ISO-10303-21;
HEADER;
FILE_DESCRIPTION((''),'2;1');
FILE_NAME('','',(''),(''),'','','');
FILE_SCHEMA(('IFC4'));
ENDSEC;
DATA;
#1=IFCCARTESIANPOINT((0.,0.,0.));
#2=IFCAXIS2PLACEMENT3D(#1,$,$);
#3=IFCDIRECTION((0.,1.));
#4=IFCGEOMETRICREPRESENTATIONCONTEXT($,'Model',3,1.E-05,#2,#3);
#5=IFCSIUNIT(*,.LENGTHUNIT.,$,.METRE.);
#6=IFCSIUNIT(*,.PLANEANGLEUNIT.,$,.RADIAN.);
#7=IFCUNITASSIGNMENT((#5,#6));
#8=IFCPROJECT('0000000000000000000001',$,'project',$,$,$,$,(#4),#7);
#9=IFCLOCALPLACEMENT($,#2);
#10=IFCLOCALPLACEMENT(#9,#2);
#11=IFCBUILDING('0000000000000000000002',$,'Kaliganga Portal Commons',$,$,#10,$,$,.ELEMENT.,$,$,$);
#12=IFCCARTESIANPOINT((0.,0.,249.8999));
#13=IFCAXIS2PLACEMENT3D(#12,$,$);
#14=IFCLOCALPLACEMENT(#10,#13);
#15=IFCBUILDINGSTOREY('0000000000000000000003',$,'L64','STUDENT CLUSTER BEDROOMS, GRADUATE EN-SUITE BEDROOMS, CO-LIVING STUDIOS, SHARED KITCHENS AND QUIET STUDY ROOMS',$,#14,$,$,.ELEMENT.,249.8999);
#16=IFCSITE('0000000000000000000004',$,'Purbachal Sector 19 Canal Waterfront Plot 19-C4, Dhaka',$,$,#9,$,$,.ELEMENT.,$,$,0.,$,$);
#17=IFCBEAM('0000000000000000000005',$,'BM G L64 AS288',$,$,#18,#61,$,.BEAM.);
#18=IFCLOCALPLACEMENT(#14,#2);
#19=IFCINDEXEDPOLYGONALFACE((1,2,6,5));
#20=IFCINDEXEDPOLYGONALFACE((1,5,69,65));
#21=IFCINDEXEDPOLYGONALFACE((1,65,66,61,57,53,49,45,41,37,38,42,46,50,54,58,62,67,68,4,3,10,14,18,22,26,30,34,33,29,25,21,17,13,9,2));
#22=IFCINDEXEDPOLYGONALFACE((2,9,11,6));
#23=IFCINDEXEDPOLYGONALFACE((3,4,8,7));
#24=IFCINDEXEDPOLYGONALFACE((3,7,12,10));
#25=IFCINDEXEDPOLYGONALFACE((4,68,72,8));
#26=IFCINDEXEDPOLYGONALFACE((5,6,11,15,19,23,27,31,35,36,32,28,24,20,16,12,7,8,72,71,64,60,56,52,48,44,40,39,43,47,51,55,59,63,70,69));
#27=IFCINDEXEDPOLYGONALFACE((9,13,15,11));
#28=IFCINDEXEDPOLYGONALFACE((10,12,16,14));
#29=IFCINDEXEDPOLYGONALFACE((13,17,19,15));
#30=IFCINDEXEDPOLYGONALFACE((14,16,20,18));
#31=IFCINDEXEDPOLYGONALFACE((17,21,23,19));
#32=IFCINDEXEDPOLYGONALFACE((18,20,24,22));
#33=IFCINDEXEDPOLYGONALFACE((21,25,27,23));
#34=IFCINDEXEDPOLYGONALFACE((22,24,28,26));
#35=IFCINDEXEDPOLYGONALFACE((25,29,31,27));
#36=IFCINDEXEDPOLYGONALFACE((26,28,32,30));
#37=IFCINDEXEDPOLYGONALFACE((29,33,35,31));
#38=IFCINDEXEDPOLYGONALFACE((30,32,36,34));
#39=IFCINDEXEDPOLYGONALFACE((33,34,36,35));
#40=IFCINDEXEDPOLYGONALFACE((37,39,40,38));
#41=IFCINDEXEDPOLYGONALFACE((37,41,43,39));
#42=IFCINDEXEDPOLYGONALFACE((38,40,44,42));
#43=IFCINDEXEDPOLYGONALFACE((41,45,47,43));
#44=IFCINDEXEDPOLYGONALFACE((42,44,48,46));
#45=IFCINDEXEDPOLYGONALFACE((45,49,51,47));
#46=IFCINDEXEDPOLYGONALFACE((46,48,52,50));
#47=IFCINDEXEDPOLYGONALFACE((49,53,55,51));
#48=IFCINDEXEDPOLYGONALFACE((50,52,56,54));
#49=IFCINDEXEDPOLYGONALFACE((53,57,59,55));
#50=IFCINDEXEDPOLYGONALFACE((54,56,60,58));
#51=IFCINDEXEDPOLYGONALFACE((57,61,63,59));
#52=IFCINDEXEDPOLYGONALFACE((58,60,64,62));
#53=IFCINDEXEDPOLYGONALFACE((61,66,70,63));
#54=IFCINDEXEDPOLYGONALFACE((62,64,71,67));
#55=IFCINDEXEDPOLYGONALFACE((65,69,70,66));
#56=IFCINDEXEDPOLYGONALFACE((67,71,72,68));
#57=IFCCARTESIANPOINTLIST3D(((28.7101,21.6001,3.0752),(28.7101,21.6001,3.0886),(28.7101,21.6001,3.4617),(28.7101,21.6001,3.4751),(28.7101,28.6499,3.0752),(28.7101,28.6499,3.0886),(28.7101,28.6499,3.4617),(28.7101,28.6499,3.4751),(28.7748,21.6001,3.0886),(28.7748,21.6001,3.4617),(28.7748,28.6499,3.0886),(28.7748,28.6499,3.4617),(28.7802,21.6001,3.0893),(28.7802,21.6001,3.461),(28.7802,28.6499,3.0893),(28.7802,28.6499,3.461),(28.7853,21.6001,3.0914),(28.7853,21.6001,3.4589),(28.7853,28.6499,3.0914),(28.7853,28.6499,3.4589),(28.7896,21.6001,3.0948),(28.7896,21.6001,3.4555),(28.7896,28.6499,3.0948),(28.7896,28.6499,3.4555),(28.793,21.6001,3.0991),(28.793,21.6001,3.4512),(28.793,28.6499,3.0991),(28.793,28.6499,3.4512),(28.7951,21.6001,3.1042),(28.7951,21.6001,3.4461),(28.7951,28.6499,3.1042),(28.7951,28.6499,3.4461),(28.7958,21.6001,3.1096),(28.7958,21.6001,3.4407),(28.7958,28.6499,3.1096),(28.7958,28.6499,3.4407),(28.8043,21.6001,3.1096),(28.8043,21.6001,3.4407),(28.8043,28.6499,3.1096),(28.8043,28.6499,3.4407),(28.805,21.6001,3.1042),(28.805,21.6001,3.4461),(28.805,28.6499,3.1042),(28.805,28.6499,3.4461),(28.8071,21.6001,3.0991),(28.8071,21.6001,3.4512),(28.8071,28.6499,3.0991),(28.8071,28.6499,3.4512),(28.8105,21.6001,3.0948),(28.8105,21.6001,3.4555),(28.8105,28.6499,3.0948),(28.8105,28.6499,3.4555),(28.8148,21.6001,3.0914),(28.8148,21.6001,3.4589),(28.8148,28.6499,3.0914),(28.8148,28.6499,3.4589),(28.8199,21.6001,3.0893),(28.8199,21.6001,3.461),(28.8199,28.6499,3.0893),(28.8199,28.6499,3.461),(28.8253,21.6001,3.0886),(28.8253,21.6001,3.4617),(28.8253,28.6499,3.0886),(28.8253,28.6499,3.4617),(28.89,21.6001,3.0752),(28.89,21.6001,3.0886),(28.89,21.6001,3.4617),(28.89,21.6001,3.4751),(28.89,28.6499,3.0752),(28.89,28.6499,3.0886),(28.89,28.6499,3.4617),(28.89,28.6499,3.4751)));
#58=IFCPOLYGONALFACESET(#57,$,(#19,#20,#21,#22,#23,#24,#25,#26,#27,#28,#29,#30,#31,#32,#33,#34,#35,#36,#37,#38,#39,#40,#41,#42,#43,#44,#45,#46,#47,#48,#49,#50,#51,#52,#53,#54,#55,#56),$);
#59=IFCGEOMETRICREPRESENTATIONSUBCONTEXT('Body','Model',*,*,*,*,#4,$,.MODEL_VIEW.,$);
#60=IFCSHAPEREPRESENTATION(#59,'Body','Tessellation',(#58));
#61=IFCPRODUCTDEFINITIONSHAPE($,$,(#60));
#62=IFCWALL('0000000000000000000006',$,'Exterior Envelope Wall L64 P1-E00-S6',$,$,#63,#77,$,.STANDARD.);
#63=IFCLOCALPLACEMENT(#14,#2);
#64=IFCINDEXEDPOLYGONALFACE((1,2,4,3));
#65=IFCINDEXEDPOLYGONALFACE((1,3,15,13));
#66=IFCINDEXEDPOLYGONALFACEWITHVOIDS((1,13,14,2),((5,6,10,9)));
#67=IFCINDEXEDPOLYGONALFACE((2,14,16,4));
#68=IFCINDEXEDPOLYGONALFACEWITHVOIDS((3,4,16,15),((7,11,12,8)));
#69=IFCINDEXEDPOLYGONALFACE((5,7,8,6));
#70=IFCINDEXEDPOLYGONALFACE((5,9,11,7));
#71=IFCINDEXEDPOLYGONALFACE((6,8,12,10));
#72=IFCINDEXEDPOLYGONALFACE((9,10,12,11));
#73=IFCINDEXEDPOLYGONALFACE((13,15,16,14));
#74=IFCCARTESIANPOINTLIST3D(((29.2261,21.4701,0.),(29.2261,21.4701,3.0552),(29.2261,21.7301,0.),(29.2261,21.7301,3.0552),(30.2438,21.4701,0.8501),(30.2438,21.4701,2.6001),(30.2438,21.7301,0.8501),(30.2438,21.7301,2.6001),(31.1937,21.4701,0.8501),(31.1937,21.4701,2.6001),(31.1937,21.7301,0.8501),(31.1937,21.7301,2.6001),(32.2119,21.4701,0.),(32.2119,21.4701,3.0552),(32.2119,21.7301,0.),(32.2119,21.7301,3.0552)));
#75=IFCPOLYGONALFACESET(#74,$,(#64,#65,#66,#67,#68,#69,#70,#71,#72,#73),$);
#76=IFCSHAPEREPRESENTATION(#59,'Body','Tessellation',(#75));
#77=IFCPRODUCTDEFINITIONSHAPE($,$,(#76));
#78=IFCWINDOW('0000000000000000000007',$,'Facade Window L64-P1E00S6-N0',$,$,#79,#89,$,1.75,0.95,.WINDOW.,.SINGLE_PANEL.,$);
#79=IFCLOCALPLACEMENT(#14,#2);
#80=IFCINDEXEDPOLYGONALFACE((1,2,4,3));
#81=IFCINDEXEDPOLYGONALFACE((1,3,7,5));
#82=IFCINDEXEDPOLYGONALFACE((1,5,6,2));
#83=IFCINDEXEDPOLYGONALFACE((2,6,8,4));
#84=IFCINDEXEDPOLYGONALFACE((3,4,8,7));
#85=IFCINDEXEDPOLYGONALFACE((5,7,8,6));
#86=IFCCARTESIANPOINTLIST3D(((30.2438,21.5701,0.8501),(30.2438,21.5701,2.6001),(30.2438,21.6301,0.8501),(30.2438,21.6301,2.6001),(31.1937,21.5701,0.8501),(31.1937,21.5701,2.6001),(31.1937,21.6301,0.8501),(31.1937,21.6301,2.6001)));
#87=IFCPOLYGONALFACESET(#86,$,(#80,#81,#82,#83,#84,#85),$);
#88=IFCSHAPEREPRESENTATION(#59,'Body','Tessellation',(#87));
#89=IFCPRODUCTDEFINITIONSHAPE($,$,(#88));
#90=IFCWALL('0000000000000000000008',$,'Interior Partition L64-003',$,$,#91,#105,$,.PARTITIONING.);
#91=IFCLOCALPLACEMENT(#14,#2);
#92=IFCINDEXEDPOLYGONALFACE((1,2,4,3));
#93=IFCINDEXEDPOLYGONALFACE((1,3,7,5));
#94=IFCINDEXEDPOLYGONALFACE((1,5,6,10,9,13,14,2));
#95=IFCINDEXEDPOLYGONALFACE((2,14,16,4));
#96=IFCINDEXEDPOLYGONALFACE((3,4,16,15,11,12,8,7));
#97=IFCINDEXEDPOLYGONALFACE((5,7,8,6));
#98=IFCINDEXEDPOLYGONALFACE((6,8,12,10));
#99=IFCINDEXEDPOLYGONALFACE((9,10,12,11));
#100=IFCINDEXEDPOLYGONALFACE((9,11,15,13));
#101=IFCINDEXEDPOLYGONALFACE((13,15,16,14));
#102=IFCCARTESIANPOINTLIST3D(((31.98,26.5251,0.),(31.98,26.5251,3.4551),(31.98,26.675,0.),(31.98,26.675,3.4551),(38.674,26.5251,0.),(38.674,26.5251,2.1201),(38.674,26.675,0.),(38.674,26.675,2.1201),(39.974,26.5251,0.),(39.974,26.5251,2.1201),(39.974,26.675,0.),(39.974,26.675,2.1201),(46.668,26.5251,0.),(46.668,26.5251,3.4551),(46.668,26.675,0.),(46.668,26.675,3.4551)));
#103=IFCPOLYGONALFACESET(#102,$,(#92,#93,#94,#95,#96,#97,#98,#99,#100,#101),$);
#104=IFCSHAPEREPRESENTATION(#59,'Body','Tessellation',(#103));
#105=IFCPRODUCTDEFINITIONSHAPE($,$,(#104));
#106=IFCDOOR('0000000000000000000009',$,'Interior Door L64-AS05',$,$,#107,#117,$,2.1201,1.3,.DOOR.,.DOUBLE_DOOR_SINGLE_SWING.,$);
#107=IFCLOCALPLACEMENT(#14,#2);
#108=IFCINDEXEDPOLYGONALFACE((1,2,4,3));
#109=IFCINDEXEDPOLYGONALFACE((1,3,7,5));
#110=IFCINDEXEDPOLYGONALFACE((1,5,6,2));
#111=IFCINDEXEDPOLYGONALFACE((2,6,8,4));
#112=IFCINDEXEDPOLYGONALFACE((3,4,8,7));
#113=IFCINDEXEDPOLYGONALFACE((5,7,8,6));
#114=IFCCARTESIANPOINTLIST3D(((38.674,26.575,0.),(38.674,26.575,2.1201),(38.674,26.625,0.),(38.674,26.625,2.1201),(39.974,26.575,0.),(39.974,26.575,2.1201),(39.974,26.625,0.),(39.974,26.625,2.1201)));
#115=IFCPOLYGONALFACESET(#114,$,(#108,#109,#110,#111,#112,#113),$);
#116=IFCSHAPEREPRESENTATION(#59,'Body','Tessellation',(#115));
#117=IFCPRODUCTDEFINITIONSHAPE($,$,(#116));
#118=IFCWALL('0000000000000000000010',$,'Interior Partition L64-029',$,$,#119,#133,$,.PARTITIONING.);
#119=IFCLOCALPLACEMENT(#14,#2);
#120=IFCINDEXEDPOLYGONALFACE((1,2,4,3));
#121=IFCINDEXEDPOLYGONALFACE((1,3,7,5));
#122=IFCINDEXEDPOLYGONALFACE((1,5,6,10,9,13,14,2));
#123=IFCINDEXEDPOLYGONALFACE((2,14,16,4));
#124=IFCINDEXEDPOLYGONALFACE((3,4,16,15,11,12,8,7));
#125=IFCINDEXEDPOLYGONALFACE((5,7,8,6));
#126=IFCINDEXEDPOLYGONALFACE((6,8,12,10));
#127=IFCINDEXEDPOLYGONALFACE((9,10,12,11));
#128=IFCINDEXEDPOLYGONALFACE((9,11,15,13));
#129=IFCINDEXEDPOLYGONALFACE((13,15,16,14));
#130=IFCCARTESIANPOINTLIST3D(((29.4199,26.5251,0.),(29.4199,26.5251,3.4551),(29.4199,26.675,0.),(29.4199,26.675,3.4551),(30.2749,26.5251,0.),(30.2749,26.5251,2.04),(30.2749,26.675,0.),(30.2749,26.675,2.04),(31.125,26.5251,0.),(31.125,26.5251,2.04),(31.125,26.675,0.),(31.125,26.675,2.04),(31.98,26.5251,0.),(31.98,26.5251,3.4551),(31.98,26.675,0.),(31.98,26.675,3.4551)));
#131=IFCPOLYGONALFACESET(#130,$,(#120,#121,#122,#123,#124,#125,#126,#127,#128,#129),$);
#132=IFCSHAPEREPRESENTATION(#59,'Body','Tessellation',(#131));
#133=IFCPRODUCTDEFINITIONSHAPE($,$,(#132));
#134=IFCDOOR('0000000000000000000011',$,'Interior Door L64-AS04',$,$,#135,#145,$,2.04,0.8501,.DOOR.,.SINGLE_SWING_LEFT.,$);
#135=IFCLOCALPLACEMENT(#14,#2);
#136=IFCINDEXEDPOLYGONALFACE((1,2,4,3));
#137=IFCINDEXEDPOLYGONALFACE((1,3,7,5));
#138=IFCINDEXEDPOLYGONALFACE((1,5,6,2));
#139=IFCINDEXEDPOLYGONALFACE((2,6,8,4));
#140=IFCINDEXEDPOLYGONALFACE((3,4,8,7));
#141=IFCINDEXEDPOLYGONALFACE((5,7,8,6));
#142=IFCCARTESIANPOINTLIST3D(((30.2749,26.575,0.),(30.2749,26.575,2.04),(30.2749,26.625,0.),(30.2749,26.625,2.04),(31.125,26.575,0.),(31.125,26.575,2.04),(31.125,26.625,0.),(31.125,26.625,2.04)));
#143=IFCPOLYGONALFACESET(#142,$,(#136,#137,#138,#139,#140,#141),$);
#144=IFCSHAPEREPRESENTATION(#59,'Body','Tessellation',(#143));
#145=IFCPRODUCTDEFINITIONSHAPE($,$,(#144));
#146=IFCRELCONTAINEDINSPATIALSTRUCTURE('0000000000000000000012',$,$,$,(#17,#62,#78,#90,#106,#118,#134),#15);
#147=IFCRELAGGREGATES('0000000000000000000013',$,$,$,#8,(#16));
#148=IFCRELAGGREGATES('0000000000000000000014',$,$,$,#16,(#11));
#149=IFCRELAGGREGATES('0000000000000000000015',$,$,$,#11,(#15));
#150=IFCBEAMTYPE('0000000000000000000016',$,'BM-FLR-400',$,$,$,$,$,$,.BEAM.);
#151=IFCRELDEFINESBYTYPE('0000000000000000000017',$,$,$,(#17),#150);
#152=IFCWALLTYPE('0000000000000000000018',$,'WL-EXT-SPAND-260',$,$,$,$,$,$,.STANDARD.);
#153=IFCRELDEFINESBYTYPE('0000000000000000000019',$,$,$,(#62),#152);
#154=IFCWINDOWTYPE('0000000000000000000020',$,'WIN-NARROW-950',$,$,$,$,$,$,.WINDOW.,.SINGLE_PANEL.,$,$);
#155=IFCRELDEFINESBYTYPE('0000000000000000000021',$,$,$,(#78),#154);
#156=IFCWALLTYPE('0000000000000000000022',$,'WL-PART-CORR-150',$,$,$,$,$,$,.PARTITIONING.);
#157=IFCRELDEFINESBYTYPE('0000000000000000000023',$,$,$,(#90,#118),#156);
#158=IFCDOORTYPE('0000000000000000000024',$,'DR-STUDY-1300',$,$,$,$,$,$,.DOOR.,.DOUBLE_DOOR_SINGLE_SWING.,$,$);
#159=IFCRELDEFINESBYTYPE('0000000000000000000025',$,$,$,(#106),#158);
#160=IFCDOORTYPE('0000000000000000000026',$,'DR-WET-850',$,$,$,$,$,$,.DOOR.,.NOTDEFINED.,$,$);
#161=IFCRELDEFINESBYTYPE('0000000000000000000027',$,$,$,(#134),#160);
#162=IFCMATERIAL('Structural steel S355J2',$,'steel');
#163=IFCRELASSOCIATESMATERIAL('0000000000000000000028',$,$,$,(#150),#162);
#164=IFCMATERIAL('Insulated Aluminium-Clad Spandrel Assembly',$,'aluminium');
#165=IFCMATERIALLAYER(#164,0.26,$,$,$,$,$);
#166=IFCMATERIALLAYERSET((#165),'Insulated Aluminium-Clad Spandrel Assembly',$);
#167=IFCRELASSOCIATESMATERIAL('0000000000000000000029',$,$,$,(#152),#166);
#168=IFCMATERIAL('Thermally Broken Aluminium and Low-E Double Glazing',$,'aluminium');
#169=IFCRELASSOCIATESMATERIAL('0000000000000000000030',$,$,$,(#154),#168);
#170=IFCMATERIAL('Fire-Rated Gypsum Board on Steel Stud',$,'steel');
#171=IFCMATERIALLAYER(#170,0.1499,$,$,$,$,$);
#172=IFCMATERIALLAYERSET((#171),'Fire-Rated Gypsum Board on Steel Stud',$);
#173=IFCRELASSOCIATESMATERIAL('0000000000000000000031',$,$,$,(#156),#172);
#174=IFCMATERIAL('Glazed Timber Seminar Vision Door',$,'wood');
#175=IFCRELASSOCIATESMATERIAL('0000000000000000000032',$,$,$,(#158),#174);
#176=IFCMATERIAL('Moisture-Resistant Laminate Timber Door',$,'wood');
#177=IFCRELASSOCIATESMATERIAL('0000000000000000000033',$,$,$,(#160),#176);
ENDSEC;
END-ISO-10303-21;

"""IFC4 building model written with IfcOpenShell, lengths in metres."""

from ifc_helpers import new_model, si_unit, direction, frame, frame_2d, origin, origin_2d, place, context, subcontext, project, spatial, rectangle, i_section, extrude, source, transform, mapped, material, layer, layer_set, material_profile, profile_set, type_object, element, fill, save


model = new_model("IFC4")

# Units and contexts
model_context = context("Model", 3, precision=1e-05, world=origin(), true_north=direction((0.0, 1.0)))
body_context = subcontext(model_context, "Body", "Model", "MODEL_VIEW")
ifc_project = project(units=[si_unit("LENGTHUNIT", "METRE"), si_unit("PLANEANGLEUNIT", "RADIAN")], contexts=[model_context])

# Site, building, storey
site_placement = place(None, origin())
site = spatial("IfcSite", under=ifc_project, at=site_placement, Name="Purbachal Sector 19 Canal Waterfront Plot 19-C4, Dhaka", CompositionType="ELEMENT", RefElevation=0.0)
building_placement = place(site_placement, origin())
building = spatial("IfcBuilding", under=site, at=building_placement, Name="Kaliganga Portal Commons", CompositionType="ELEMENT")
storey_placement = place(building_placement, frame((0.0, 0.0, 249.8999)))
storey = spatial("IfcBuildingStorey", under=building, at=storey_placement, Name="L64", Description="STUDENT CLUSTER BEDROOMS, GRADUATE EN-SUITE BEDROOMS, CO-LIVING STUDIOS, SHARED KITCHENS AND QUIET STUDY ROOMS", CompositionType="ELEMENT", Elevation=249.8999)

# Beam
ifc_material_1 = material(Name="Structural steel S355J2", Category="steel")
ifc_material_profile_1 = material_profile(ifc_material_1, i_section(OverallWidth=0.1799, OverallDepth=0.3999, WebThickness=0.0085, FlangeThickness=0.0134, FilletRadius=0.021, at=origin_2d()), Name="IPE 400")
ifc_profile_set_1 = profile_set([ifc_material_profile_1], Name="Structural steel S355J2 wide-flange")
beam_type_1 = type_object("IfcBeamType", Name="BM-FLR-400", PredefinedType="BEAM", material=ifc_profile_set_1)
shared_shape_1 = source(origin(), body_context, "Body", "SweptSolid", [
    extrude(i_section(OverallWidth=0.1799, OverallDepth=0.3999, WebThickness=0.0085, FlangeThickness=0.0134, FilletRadius=0.021, at=origin_2d()), origin(), (0.0, 0.0, 1.0), 7.0498),
])
beam_1_placement = place(storey_placement, frame((28.8, 21.6001, 3.2751), z_axis=(0.0, 1.0, 0.0), x_axis=(-1.0, 0.0, 0.0)))
element("IfcBeam", 1, at=beam_1_placement, inside=storey, type_object=beam_type_1, Name="BM G L64 AS288", PredefinedType="BEAM", context=body_context, shape_type="MappedRepresentation", body=[
    mapped(shared_shape_1, transform((0.0, 0.0, 0.0), x_axis=(1.0, 0.0, 0.0), y_axis=(0.0, 1.0, 0.0), z_axis=(0.0, 0.0, 1.0), scale=1.0)),
])

# Wall, opening, window
ifc_material_2 = material(Name="Insulated Aluminium-Clad Spandrel Assembly", Category="aluminium")
ifc_layer_1 = layer(ifc_material_2, 0.26)
ifc_layer_set_1 = layer_set([ifc_layer_1], Name="Insulated Aluminium-Clad Spandrel Assembly")
wall_type_1 = type_object("IfcWallType", Name="WL-EXT-SPAND-260", PredefinedType="STANDARD", material=ifc_layer_set_1)
wall_1_placement = place(storey_placement, frame((32.2119, 21.6001, 0.0), z_axis=(0.0, 0.0, 1.0), x_axis=(-1.0, 0.0, 0.0)))
wall_1 = element("IfcWall", 2, at=wall_1_placement, inside=storey, type_object=wall_type_1, Name="Exterior Envelope Wall L64 P1-E00-S6", PredefinedType="STANDARD", context=body_context, shape_type="SweptSolid", body=[
    extrude(rectangle(XDim=2.9858, YDim=0.26, at=frame_2d((1.4929, 0.0))), origin(), (0.0, 0.0, 1.0), 3.0552),
])
opening_1_placement = place(wall_1_placement, frame((1.0181, 0.0, 0.8501)))
opening_1 = element("IfcOpeningElement", 3, at=opening_1_placement, cuts=wall_1, PredefinedType="OPENING", context=body_context, shape_type="SweptSolid", body=[
    extrude(rectangle(XDim=0.95, YDim=1.75, at=frame_2d((0.4751, 0.875))), frame((0.0, 0.1401, 0.0), z_axis=(0.0, -1.0, 0.0), x_axis=(1.0, 0.0, 0.0)), (0.0, 0.0, 1.0), 0.28),
])
ifc_material_3 = material(Name="Thermally Broken Aluminium and Low-E Double Glazing", Category="aluminium")
window_type = type_object("IfcWindowType", Name="WIN-NARROW-950", PartitioningType="SINGLE_PANEL", PredefinedType="WINDOW", material=ifc_material_3)
window_placement = place(opening_1_placement, origin())
window = element("IfcWindow", 4, at=window_placement, inside=storey, type_object=window_type, Name="Facade Window L64-P1E00S6-N0", OverallHeight=1.75, OverallWidth=0.95, PartitioningType="SINGLE_PANEL", PredefinedType="WINDOW", context=body_context, shape_type="SweptSolid", body=[
    extrude(rectangle(XDim=0.95, YDim=1.75, at=frame_2d((0.4751, 0.875))), frame((0.0, 0.03, 0.0), z_axis=(0.0, -1.0, 0.0), x_axis=(1.0, 0.0, 0.0)), (0.0, 0.0, 1.0), 0.0601),
])
fill(opening_1, window)

# Walls, openings, doors
ifc_material_4 = material(Name="Fire-Rated Gypsum Board on Steel Stud", Category="steel")
ifc_layer_2 = layer(ifc_material_4, 0.1499)
ifc_layer_set_2 = layer_set([ifc_layer_2], Name="Fire-Rated Gypsum Board on Steel Stud")
wall_type_2 = type_object("IfcWallType", Name="WL-PART-CORR-150", PredefinedType="PARTITIONING", material=ifc_layer_set_2)
wall_2_placement = place(storey_placement, frame((31.98, 26.6001, 0.0), z_axis=(0.0, 0.0, 1.0), x_axis=(1.0, 0.0, 0.0)))
wall_2 = element("IfcWall", 5, at=wall_2_placement, inside=storey, type_object=wall_type_2, Name="Interior Partition L64-003", PredefinedType="PARTITIONING", context=body_context, shape_type="SweptSolid", body=[
    extrude(rectangle(XDim=14.688, YDim=0.1499, at=frame_2d((7.344, 0.0))), origin(), (0.0, 0.0, 1.0), 3.4551),
])
opening_2_placement = place(wall_2_placement, frame((6.6941, 0.0, 0.0)))
opening_2 = element("IfcOpeningElement", 6, at=opening_2_placement, cuts=wall_2, PredefinedType="OPENING", context=body_context, shape_type="SweptSolid", body=[
    extrude(rectangle(XDim=1.3, YDim=2.1201, at=frame_2d((0.6499, 1.0601))), frame((0.0, 0.085, 0.0), z_axis=(0.0, -1.0, 0.0), x_axis=(1.0, 0.0, 0.0)), (0.0, 0.0, 1.0), 0.1699),
])
ifc_material_5 = material(Name="Glazed Timber Seminar Vision Door", Category="wood")
door_type_1 = type_object("IfcDoorType", Name="DR-STUDY-1300", OperationType="DOUBLE_DOOR_SINGLE_SWING", PredefinedType="DOOR", material=ifc_material_5)
door_1_placement = place(opening_2_placement, origin())
door_1 = element("IfcDoor", 7, at=door_1_placement, inside=storey, type_object=door_type_1, Name="Interior Door L64-AS05", OperationType="DOUBLE_DOOR_SINGLE_SWING", OverallHeight=2.1201, OverallWidth=1.3, PredefinedType="DOOR", context=body_context, shape_type="SweptSolid", body=[
    extrude(rectangle(XDim=1.3, YDim=2.1201, at=frame_2d((0.6499, 1.0601))), frame((0.0, 0.0249, 0.0), z_axis=(0.0, -1.0, 0.0), x_axis=(1.0, 0.0, 0.0)), (0.0, 0.0, 1.0), 0.05),
])
fill(opening_2, door_1)
wall_3_placement = place(storey_placement, frame((29.4199, 26.6001, 0.0), z_axis=(0.0, 0.0, 1.0), x_axis=(1.0, 0.0, 0.0)))
wall_3 = element("IfcWall", 8, at=wall_3_placement, inside=storey, type_object=wall_type_2, Name="Interior Partition L64-029", PredefinedType="PARTITIONING", context=body_context, shape_type="SweptSolid", body=[
    extrude(rectangle(XDim=2.5601, YDim=0.1499, at=frame_2d((1.28, 0.0))), origin(), (0.0, 0.0, 1.0), 3.4551),
])
opening_3_placement = place(wall_3_placement, frame((0.855, 0.0, 0.0)))
opening_3 = element("IfcOpeningElement", 9, at=opening_3_placement, cuts=wall_3, PredefinedType="OPENING", context=body_context, shape_type="SweptSolid", body=[
    extrude(rectangle(XDim=0.8501, YDim=2.04, at=frame_2d((0.425, 1.02))), frame((0.0, 0.085, 0.0), z_axis=(0.0, -1.0, 0.0), x_axis=(1.0, 0.0, 0.0)), (0.0, 0.0, 1.0), 0.1699),
])
ifc_material_6 = material(Name="Moisture-Resistant Laminate Timber Door", Category="wood")
door_type_2 = type_object("IfcDoorType", Name="DR-WET-850", OperationType="NOTDEFINED", PredefinedType="DOOR", material=ifc_material_6)
door_2_placement = place(opening_3_placement, origin())
door_2 = element("IfcDoor", 10, at=door_2_placement, inside=storey, type_object=door_type_2, Name="Interior Door L64-AS04", OperationType="SINGLE_SWING_LEFT", OverallHeight=2.04, OverallWidth=0.8501, PredefinedType="DOOR", context=body_context, shape_type="SweptSolid", body=[
    extrude(rectangle(XDim=0.8501, YDim=2.04, at=frame_2d((0.425, 1.02))), frame((0.0, 0.0249, 0.0), z_axis=(0.0, -1.0, 0.0), x_axis=(1.0, 0.0, 0.0)), (0.0, 0.0, 1.0), 0.05),
])
fill(opening_3, door_2)

save(model, "model.ifc")
